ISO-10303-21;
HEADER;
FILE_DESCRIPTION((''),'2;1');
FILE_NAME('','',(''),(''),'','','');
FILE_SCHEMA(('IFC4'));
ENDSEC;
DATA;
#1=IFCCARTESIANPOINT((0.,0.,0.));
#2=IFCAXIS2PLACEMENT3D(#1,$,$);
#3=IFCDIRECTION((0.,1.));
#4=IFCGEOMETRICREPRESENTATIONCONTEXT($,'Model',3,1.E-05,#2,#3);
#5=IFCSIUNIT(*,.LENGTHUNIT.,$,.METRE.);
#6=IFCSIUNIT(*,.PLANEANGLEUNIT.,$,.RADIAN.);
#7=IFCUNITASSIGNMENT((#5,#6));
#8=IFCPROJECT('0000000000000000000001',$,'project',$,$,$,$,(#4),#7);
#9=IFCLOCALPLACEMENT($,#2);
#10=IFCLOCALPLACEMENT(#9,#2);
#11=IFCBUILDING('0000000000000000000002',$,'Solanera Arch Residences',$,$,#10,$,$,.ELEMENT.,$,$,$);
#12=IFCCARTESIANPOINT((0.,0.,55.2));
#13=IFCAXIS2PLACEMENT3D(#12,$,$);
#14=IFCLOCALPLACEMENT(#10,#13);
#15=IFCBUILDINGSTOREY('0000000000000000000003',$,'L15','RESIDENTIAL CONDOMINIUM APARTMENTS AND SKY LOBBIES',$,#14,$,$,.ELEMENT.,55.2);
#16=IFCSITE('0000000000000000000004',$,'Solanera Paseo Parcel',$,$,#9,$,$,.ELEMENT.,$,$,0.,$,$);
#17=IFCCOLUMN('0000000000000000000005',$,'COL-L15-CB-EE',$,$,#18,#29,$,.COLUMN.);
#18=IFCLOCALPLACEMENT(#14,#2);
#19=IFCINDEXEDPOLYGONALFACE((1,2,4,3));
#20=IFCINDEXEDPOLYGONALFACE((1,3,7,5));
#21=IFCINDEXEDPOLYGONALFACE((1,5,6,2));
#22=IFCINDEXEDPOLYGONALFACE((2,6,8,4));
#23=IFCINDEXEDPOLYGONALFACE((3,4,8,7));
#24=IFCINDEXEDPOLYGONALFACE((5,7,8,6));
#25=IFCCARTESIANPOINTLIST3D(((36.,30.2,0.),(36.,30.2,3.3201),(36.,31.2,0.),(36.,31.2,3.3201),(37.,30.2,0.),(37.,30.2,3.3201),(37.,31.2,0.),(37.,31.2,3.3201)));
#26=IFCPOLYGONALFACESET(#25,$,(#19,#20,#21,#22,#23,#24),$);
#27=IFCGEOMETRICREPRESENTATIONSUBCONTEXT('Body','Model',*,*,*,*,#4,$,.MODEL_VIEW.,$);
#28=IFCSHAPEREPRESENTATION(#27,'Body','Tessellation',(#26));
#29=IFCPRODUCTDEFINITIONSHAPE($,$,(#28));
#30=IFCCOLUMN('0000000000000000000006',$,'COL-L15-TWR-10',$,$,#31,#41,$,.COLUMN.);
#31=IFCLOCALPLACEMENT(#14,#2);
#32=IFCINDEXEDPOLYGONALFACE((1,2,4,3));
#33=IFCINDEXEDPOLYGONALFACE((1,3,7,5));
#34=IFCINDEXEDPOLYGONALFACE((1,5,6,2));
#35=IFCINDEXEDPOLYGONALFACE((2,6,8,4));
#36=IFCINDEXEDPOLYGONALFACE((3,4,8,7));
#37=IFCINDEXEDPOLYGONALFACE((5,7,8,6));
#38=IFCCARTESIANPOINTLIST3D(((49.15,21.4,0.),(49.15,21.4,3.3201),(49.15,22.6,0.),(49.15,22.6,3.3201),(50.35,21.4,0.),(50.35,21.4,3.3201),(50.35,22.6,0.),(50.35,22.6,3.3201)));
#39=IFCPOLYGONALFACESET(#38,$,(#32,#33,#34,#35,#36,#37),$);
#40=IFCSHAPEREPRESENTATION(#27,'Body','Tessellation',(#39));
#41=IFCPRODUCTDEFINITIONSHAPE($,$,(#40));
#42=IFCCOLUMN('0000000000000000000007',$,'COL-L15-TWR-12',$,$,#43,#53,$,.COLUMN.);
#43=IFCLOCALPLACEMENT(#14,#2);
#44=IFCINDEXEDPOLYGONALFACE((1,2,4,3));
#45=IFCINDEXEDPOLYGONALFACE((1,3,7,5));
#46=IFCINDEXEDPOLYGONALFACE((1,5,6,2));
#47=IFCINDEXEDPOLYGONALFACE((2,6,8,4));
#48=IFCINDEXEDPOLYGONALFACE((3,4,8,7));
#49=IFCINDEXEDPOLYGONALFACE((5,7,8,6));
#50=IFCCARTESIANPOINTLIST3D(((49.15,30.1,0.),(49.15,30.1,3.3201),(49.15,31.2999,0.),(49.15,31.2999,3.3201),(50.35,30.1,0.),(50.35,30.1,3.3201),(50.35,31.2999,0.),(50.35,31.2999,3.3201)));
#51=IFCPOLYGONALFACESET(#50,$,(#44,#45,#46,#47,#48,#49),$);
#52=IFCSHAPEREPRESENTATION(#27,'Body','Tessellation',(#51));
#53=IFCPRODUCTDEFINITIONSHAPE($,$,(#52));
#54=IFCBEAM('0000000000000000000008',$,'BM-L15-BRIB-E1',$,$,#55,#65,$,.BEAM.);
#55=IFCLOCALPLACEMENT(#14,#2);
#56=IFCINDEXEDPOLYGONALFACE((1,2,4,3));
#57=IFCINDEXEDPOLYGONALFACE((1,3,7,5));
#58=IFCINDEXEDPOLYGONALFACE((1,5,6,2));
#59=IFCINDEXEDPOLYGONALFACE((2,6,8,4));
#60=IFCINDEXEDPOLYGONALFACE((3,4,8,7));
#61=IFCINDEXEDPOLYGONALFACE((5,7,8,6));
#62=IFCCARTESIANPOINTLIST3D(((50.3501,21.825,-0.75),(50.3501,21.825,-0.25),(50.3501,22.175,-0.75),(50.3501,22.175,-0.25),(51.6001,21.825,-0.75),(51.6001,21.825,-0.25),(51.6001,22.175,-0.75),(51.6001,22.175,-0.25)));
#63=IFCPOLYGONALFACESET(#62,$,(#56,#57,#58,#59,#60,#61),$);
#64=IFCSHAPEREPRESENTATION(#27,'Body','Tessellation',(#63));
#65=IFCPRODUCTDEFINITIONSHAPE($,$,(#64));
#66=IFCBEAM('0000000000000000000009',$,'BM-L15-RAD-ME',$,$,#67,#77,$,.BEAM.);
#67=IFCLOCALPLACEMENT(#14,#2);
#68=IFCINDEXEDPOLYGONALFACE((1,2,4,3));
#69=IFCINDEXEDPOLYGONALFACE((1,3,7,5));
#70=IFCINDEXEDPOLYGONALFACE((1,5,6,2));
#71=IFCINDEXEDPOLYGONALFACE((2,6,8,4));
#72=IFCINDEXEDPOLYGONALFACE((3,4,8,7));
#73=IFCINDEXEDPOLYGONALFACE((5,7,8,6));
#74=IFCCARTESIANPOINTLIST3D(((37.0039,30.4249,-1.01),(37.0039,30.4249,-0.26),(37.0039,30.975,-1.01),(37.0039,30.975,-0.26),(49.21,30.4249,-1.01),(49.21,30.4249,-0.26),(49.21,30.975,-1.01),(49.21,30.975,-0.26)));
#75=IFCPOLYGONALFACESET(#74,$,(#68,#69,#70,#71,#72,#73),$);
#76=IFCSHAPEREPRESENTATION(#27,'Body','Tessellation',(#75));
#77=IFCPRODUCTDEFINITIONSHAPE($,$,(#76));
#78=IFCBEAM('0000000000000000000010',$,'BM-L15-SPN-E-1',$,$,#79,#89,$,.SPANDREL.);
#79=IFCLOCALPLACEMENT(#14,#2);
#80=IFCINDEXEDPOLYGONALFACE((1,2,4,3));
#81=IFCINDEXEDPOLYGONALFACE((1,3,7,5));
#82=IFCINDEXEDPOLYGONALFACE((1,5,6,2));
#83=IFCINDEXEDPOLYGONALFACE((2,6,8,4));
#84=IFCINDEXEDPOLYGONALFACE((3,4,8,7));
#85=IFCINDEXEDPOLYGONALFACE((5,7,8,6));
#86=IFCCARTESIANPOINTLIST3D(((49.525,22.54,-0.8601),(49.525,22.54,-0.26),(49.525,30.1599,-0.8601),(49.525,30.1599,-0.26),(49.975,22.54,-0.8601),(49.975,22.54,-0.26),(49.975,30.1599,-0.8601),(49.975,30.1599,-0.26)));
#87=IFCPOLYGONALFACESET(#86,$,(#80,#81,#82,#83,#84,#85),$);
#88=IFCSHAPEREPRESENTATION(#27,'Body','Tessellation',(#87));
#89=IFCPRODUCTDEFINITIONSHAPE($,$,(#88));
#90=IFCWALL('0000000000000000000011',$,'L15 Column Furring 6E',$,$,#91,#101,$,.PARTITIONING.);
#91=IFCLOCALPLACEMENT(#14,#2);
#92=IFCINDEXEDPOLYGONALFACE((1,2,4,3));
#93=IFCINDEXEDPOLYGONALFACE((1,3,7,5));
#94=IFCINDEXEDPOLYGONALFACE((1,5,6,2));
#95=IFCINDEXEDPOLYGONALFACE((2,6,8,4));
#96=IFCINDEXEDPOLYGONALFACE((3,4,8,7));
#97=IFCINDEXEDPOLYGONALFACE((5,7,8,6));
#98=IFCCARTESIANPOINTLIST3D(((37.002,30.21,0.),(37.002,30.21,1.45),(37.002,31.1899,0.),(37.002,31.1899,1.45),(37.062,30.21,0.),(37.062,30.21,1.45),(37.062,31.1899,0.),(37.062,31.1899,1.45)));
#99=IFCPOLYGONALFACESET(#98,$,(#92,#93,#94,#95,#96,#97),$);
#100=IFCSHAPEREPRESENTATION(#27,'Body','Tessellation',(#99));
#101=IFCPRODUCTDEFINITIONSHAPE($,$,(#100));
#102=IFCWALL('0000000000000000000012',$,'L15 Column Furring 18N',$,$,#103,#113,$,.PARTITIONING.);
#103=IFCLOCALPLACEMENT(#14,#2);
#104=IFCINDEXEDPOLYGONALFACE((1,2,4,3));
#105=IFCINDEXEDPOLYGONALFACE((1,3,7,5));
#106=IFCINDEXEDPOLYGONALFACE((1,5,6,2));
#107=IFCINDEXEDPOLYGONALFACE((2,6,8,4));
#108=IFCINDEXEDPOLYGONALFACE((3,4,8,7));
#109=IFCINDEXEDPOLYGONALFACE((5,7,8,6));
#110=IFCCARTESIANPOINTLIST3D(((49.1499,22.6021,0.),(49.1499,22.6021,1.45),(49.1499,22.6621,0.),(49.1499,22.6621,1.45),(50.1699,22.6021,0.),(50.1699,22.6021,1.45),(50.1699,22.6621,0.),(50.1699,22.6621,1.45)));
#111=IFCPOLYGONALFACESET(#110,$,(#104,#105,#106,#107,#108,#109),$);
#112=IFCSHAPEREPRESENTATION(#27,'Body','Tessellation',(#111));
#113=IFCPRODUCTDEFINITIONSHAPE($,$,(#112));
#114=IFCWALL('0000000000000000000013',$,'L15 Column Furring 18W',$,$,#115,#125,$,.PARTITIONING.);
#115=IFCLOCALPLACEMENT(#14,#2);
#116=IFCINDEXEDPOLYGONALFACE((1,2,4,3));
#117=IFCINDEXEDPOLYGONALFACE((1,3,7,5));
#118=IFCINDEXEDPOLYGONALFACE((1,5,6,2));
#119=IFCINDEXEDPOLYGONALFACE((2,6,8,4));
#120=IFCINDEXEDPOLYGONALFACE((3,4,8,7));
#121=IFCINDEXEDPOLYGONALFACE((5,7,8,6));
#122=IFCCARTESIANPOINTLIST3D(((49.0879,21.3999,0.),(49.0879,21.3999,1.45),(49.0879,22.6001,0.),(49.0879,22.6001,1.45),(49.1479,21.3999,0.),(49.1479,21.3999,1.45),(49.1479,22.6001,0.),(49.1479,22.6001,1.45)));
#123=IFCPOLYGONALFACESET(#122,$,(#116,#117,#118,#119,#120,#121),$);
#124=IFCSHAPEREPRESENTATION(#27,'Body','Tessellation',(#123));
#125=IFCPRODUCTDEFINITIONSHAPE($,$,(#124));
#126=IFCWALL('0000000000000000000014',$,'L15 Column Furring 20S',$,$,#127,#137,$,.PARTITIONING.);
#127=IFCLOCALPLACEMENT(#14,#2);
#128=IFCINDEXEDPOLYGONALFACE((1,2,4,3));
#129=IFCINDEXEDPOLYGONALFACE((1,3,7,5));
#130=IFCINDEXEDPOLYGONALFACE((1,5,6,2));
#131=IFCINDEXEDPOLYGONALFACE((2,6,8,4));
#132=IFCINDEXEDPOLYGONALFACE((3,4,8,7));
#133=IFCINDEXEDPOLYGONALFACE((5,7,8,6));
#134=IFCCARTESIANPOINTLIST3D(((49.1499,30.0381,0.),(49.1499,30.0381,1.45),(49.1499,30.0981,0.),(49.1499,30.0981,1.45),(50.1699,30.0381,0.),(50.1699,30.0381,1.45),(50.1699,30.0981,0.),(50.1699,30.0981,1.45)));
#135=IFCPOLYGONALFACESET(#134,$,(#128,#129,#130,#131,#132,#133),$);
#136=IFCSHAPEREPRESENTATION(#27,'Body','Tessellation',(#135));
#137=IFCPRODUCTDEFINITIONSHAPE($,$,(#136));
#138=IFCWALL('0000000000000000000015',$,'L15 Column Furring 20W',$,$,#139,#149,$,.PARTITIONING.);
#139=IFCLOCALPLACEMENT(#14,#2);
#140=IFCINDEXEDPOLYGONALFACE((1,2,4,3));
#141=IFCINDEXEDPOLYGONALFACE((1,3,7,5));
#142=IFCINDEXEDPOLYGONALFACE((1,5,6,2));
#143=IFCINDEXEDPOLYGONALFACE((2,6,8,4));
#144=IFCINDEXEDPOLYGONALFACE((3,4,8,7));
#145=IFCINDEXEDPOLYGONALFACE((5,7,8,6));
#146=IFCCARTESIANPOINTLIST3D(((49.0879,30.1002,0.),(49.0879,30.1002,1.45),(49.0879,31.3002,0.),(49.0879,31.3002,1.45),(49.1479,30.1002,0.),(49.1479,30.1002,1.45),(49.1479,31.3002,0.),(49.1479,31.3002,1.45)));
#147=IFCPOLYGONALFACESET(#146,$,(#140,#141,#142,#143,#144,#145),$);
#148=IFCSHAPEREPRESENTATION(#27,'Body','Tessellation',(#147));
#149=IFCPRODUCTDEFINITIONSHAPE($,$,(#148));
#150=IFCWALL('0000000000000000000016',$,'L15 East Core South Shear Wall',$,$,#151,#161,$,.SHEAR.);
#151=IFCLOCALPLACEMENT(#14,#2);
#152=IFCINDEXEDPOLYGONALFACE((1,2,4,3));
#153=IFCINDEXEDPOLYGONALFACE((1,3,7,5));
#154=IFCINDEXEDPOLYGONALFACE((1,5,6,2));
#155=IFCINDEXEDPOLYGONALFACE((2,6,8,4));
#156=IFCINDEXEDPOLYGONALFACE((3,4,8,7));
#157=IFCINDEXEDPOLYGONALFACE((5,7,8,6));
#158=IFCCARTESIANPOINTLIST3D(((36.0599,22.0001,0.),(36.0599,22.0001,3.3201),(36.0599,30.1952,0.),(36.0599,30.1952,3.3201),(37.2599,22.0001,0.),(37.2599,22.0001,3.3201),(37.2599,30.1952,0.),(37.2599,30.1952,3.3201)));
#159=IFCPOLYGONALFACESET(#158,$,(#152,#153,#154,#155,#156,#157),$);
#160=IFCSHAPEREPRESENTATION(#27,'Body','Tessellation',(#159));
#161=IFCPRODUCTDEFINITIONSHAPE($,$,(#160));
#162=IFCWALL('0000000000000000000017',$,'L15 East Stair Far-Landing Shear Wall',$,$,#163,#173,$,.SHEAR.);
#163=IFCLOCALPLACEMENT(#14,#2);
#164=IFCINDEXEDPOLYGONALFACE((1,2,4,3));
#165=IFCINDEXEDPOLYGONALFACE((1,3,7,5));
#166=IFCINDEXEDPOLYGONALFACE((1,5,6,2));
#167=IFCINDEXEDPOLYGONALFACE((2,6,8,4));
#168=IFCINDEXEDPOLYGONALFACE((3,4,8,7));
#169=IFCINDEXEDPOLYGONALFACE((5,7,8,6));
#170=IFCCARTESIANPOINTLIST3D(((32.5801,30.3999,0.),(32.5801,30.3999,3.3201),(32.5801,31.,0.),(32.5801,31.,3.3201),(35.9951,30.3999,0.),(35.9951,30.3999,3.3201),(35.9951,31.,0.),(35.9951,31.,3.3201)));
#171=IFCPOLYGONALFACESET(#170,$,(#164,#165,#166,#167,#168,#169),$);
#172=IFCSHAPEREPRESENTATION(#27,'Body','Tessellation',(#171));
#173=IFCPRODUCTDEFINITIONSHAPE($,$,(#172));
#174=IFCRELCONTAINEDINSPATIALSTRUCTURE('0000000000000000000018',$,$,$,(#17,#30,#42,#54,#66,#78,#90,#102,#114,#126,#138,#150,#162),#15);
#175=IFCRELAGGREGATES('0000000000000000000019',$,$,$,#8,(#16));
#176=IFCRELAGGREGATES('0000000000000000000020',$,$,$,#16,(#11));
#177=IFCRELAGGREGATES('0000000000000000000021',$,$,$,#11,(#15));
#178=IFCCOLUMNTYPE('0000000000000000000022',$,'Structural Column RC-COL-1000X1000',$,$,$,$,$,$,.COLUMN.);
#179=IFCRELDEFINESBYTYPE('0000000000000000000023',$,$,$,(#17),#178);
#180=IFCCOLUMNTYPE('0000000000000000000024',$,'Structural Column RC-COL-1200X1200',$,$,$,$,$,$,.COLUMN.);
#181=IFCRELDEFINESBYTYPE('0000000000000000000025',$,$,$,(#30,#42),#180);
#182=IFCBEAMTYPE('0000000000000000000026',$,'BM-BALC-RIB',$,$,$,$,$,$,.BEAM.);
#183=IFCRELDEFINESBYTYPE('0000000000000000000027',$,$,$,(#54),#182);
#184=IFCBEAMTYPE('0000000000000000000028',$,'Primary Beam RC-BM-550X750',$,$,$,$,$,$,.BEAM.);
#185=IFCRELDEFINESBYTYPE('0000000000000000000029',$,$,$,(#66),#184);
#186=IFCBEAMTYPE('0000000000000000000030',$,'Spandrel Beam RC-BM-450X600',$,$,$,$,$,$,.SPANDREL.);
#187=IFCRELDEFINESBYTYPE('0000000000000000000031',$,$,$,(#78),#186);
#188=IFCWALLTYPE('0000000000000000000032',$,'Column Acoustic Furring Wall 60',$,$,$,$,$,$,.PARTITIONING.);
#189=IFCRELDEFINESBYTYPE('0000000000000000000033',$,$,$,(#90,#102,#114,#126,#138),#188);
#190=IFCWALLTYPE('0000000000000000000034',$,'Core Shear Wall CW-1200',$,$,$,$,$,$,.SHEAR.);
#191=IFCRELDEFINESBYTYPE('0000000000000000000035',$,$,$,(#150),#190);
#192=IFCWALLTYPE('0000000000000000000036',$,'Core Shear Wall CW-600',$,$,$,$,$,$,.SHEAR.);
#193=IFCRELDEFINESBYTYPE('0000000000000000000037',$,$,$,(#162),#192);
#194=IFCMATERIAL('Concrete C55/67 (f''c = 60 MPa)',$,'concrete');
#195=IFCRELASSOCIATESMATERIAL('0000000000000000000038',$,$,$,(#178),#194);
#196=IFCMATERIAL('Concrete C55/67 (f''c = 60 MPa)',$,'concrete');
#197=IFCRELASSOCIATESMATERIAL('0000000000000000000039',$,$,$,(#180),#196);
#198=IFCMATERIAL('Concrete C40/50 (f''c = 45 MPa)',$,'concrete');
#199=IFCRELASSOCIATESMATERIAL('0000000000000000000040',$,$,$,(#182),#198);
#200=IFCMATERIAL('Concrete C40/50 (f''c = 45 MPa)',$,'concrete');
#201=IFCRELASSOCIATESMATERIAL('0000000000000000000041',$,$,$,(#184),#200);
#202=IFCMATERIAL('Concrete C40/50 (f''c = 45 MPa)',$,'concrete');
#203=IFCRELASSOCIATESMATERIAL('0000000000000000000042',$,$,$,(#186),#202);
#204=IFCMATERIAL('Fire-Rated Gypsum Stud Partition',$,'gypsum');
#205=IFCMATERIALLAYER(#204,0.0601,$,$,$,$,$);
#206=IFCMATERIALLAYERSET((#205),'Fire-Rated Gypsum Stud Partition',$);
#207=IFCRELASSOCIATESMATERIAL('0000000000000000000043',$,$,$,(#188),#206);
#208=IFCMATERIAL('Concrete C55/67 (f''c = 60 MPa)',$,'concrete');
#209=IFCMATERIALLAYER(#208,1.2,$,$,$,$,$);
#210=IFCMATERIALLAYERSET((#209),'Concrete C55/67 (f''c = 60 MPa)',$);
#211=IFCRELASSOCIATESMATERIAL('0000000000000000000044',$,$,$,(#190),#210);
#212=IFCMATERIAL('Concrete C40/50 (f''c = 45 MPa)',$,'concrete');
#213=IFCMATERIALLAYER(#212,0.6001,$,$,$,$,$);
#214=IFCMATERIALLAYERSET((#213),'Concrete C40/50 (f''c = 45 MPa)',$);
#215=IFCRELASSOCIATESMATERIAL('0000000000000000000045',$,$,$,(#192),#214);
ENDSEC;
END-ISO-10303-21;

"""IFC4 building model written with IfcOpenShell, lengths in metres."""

from ifc_helpers import new_model, si_unit, direction, frame, frame_2d, origin, origin_2d, place, context, subcontext, project, spatial, rectangle, extrude, material, layer, layer_set, material_profile, profile_set, type_object, element, save


model = new_model("IFC4")

# Units and contexts
model_context = context("Model", 3, precision=1e-05, world=origin(), true_north=direction((0.0, 1.0)))
body_context = subcontext(model_context, "Body", "Model", "MODEL_VIEW")
ifc_project = project(units=[si_unit("LENGTHUNIT", "METRE"), si_unit("PLANEANGLEUNIT", "RADIAN")], contexts=[model_context])

# Site, building, storey
site_placement = place(None, origin())
site = spatial("IfcSite", under=ifc_project, at=site_placement, Name="Solanera Paseo Parcel", CompositionType="ELEMENT", RefElevation=0.0)
building_placement = place(site_placement, origin())
building = spatial("IfcBuilding", under=site, at=building_placement, Name="Solanera Arch Residences", CompositionType="ELEMENT")
storey_placement = place(building_placement, frame((0.0, 0.0, 55.2)))
storey = spatial("IfcBuildingStorey", under=building, at=storey_placement, Name="L15", Description="RESIDENTIAL CONDOMINIUM APARTMENTS AND SKY LOBBIES", CompositionType="ELEMENT", Elevation=55.2)

# Columns
ifc_material_1 = material(Name="Concrete C55/67 (f'c = 60 MPa)", Category="concrete")
ifc_material_profile_1 = material_profile(ifc_material_1, rectangle(XDim=1.0, YDim=1.0, at=origin_2d()))
ifc_profile_set_1 = profile_set([ifc_material_profile_1], Name="Concrete C55/67 (f'c = 60 MPa)")
column_type_1 = type_object("IfcColumnType", Name="Structural Column RC-COL-1000X1000", PredefinedType="COLUMN", material=ifc_profile_set_1)
column_placement = place(storey_placement, frame((36.5, 30.7, 0.0), z_axis=(0.0, 0.0, 1.0), x_axis=(1.0, 0.0, 0.0)))
element("IfcColumn", 1, at=column_placement, inside=storey, type_object=column_type_1, Name="COL-L15-CB-EE", PredefinedType="COLUMN", context=body_context, shape_type="SweptSolid", body=[
    extrude(rectangle(XDim=1.0, YDim=1.0, at=origin_2d()), origin(), (0.0, 0.0, 1.0), 3.3201),
])
ifc_material_2 = material(Name="Concrete C55/67 (f'c = 60 MPa)", Category="concrete")
ifc_material_profile_2 = material_profile(ifc_material_2, rectangle(XDim=1.2, YDim=1.2, at=origin_2d()))
ifc_profile_set_2 = profile_set([ifc_material_profile_2], Name="Concrete C55/67 (f'c = 60 MPa)")
column_type_2 = type_object("IfcColumnType", Name="Structural Column RC-COL-1200X1200", PredefinedType="COLUMN", material=ifc_profile_set_2)
for number, where, z_axis, x_axis, name in (
    (2, (49.75, 22.0, 0.0), (0.0, 0.0, 1.0), (1.0, 0.0, 0.0), "COL-L15-TWR-10"),
    (3, (49.75, 30.7, 0.0), (0.0, 0.0, 1.0), (1.0, 0.0, 0.0), "COL-L15-TWR-12"),
):
    element("IfcColumn", number, at=place(storey_placement, frame(where, z_axis=z_axis, x_axis=x_axis)), inside=storey, type_object=column_type_2, Name=name, PredefinedType="COLUMN", context=body_context, shape_type="SweptSolid", body=[
        extrude(rectangle(XDim=1.2, YDim=1.2, at=origin_2d()), origin(), (0.0, 0.0, 1.0), 3.3201),
    ])

# Beams
ifc_material_3 = material(Name="Concrete C40/50 (f'c = 45 MPa)", Category="concrete")
ifc_material_profile_3 = material_profile(ifc_material_3, rectangle(XDim=0.3501, YDim=0.5, at=origin_2d()))
ifc_profile_set_3 = profile_set([ifc_material_profile_3], Name="Concrete C40/50 (f'c = 45 MPa)")
beam_type_1 = type_object("IfcBeamType", Name="BM-BALC-RIB", PredefinedType="BEAM", material=ifc_profile_set_3)
beam_1_placement = place(storey_placement, frame((50.3501, 22.0, -0.5), z_axis=(1.0, 0.0, 0.0), x_axis=(0.0, 1.0, 0.0)))
element("IfcBeam", 4, at=beam_1_placement, inside=storey, type_object=beam_type_1, Name="BM-L15-BRIB-E1", PredefinedType="BEAM", context=body_context, shape_type="SweptSolid", body=[
    extrude(rectangle(XDim=0.3501, YDim=0.5, at=origin_2d()), origin(), (0.0, 0.0, 1.0), 1.25),
])
ifc_material_4 = material(Name="Concrete C40/50 (f'c = 45 MPa)", Category="concrete")
ifc_material_profile_4 = material_profile(ifc_material_4, rectangle(XDim=0.55, YDim=0.75, at=origin_2d()))
ifc_profile_set_4 = profile_set([ifc_material_profile_4], Name="Concrete C40/50 (f'c = 45 MPa)")
beam_type_2 = type_object("IfcBeamType", Name="Primary Beam RC-BM-550X750", PredefinedType="BEAM", material=ifc_profile_set_4)
beam_2_placement = place(storey_placement, frame((37.0039, 30.7, -0.635), z_axis=(1.0, 0.0, 0.0), x_axis=(0.0, 1.0, 0.0)))
element("IfcBeam", 5, at=beam_2_placement, inside=storey, type_object=beam_type_2, Name="BM-L15-RAD-ME", PredefinedType="BEAM", context=body_context, shape_type="SweptSolid", body=[
    extrude(rectangle(XDim=0.55, YDim=0.75, at=origin_2d()), origin(), (0.0, 0.0, 1.0), 12.2061),
])
ifc_material_5 = material(Name="Concrete C40/50 (f'c = 45 MPa)", Category="concrete")
ifc_material_profile_5 = material_profile(ifc_material_5, rectangle(XDim=0.45, YDim=0.6001, at=origin_2d()))
ifc_profile_set_5 = profile_set([ifc_material_profile_5], Name="Concrete C40/50 (f'c = 45 MPa)")
beam_type_3 = type_object("IfcBeamType", Name="Spandrel Beam RC-BM-450X600", PredefinedType="SPANDREL", material=ifc_profile_set_5)
beam_3_placement = place(storey_placement, frame((49.75, 22.54, -0.5601), z_axis=(0.0, 1.0, 0.0), x_axis=(-1.0, 0.0, 0.0)))
element("IfcBeam", 6, at=beam_3_placement, inside=storey, type_object=beam_type_3, Name="BM-L15-SPN-E-1", PredefinedType="SPANDREL", context=body_context, shape_type="SweptSolid", body=[
    extrude(rectangle(XDim=0.45, YDim=0.6001, at=origin_2d()), origin(), (0.0, 0.0, 1.0), 7.6199),
])

# Walls
ifc_material_6 = material(Name="Fire-Rated Gypsum Stud Partition", Category="gypsum")
ifc_layer_1 = layer(ifc_material_6, 0.0601)
ifc_layer_set_1 = layer_set([ifc_layer_1], Name="Fire-Rated Gypsum Stud Partition")
wall_type_1 = type_object("IfcWallType", Name="Column Acoustic Furring Wall 60", PredefinedType="PARTITIONING", material=ifc_layer_set_1)
wall_1_placement = place(storey_placement, frame((37.032, 30.21, 0.0), z_axis=(0.0, 0.0, 1.0), x_axis=(0.0, 1.0, 0.0)))
element("IfcWall", 7, at=wall_1_placement, inside=storey, type_object=wall_type_1, Name="L15 Column Furring 6E", PredefinedType="PARTITIONING", context=body_context, shape_type="SweptSolid", body=[
    extrude(rectangle(XDim=0.98, YDim=0.0601, at=frame_2d((0.49, 0.0))), origin(), (0.0, 0.0, 1.0), 1.45),
])
wall_2_placement = place(storey_placement, frame((49.1499, 22.6321, 0.0), z_axis=(0.0, 0.0, 1.0), x_axis=(1.0, 0.0, 0.0)))
element("IfcWall", 8, at=wall_2_placement, inside=storey, type_object=wall_type_1, Name="L15 Column Furring 18N", PredefinedType="PARTITIONING", context=body_context, shape_type="SweptSolid", body=[
    extrude(rectangle(XDim=1.02, YDim=0.0601, at=frame_2d((0.51, 0.0))), origin(), (0.0, 0.0, 1.0), 1.45),
])
wall_3_placement = place(storey_placement, frame((49.1179, 21.3999, 0.0), z_axis=(0.0, 0.0, 1.0), x_axis=(0.0, 1.0, 0.0)))
element("IfcWall", 9, at=wall_3_placement, inside=storey, type_object=wall_type_1, Name="L15 Column Furring 18W", PredefinedType="PARTITIONING", context=body_context, shape_type="SweptSolid", body=[
    extrude(rectangle(XDim=1.2002, YDim=0.0601, at=frame_2d((0.6001, 0.0))), origin(), (0.0, 0.0, 1.0), 1.45),
])
wall_4_placement = place(storey_placement, frame((49.1499, 30.0681, 0.0), z_axis=(0.0, 0.0, 1.0), x_axis=(1.0, 0.0, 0.0)))
element("IfcWall", 10, at=wall_4_placement, inside=storey, type_object=wall_type_1, Name="L15 Column Furring 20S", PredefinedType="PARTITIONING", context=body_context, shape_type="SweptSolid", body=[
    extrude(rectangle(XDim=1.02, YDim=0.0601, at=frame_2d((0.51, 0.0))), origin(), (0.0, 0.0, 1.0), 1.45),
])
wall_5_placement = place(storey_placement, frame((49.1179, 30.1001, 0.0), z_axis=(0.0, 0.0, 1.0), x_axis=(0.0, 1.0, 0.0)))
element("IfcWall", 11, at=wall_5_placement, inside=storey, type_object=wall_type_1, Name="L15 Column Furring 20W", PredefinedType="PARTITIONING", context=body_context, shape_type="SweptSolid", body=[
    extrude(rectangle(XDim=1.2, YDim=0.0601, at=frame_2d((0.6001, 0.0))), origin(), (0.0, 0.0, 1.0), 1.45),
])
ifc_material_7 = material(Name="Concrete C55/67 (f'c = 60 MPa)", Category="concrete")
ifc_layer_2 = layer(ifc_material_7, 1.2)
ifc_layer_set_2 = layer_set([ifc_layer_2], Name="Concrete C55/67 (f'c = 60 MPa)")
wall_type_2 = type_object("IfcWallType", Name="Core Shear Wall CW-1200", PredefinedType="SHEAR", material=ifc_layer_set_2)
wall_6_placement = place(storey_placement, frame((36.6599, 22.0, 0.0), z_axis=(0.0, 0.0, 1.0), x_axis=(0.0, 1.0, 0.0)))
element("IfcWall", 12, at=wall_6_placement, inside=storey, type_object=wall_type_2, Name="L15 East Core South Shear Wall", PredefinedType="SHEAR", context=body_context, shape_type="SweptSolid", body=[
    extrude(rectangle(XDim=8.1951, YDim=1.2, at=frame_2d((4.0977, 0.0))), origin(), (0.0, 0.0, 1.0), 3.3201),
])
ifc_material_8 = material(Name="Concrete C40/50 (f'c = 45 MPa)", Category="concrete")
ifc_layer_3 = layer(ifc_material_8, 0.6001)
ifc_layer_set_3 = layer_set([ifc_layer_3], Name="Concrete C40/50 (f'c = 45 MPa)")
wall_type_3 = type_object("IfcWallType", Name="Core Shear Wall CW-600", PredefinedType="SHEAR", material=ifc_layer_set_3)
wall_7_placement = place(storey_placement, frame((32.5801, 30.7, 0.0), z_axis=(0.0, 0.0, 1.0), x_axis=(1.0, 0.0, 0.0)))
element("IfcWall", 13, at=wall_7_placement, inside=storey, type_object=wall_type_3, Name="L15 East Stair Far-Landing Shear Wall", PredefinedType="SHEAR", context=body_context, shape_type="SweptSolid", body=[
    extrude(rectangle(XDim=3.415, YDim=0.6001, at=frame_2d((1.7075, 0.0))), origin(), (0.0, 0.0, 1.0), 3.3201),
])

save(model, "model.ifc")
